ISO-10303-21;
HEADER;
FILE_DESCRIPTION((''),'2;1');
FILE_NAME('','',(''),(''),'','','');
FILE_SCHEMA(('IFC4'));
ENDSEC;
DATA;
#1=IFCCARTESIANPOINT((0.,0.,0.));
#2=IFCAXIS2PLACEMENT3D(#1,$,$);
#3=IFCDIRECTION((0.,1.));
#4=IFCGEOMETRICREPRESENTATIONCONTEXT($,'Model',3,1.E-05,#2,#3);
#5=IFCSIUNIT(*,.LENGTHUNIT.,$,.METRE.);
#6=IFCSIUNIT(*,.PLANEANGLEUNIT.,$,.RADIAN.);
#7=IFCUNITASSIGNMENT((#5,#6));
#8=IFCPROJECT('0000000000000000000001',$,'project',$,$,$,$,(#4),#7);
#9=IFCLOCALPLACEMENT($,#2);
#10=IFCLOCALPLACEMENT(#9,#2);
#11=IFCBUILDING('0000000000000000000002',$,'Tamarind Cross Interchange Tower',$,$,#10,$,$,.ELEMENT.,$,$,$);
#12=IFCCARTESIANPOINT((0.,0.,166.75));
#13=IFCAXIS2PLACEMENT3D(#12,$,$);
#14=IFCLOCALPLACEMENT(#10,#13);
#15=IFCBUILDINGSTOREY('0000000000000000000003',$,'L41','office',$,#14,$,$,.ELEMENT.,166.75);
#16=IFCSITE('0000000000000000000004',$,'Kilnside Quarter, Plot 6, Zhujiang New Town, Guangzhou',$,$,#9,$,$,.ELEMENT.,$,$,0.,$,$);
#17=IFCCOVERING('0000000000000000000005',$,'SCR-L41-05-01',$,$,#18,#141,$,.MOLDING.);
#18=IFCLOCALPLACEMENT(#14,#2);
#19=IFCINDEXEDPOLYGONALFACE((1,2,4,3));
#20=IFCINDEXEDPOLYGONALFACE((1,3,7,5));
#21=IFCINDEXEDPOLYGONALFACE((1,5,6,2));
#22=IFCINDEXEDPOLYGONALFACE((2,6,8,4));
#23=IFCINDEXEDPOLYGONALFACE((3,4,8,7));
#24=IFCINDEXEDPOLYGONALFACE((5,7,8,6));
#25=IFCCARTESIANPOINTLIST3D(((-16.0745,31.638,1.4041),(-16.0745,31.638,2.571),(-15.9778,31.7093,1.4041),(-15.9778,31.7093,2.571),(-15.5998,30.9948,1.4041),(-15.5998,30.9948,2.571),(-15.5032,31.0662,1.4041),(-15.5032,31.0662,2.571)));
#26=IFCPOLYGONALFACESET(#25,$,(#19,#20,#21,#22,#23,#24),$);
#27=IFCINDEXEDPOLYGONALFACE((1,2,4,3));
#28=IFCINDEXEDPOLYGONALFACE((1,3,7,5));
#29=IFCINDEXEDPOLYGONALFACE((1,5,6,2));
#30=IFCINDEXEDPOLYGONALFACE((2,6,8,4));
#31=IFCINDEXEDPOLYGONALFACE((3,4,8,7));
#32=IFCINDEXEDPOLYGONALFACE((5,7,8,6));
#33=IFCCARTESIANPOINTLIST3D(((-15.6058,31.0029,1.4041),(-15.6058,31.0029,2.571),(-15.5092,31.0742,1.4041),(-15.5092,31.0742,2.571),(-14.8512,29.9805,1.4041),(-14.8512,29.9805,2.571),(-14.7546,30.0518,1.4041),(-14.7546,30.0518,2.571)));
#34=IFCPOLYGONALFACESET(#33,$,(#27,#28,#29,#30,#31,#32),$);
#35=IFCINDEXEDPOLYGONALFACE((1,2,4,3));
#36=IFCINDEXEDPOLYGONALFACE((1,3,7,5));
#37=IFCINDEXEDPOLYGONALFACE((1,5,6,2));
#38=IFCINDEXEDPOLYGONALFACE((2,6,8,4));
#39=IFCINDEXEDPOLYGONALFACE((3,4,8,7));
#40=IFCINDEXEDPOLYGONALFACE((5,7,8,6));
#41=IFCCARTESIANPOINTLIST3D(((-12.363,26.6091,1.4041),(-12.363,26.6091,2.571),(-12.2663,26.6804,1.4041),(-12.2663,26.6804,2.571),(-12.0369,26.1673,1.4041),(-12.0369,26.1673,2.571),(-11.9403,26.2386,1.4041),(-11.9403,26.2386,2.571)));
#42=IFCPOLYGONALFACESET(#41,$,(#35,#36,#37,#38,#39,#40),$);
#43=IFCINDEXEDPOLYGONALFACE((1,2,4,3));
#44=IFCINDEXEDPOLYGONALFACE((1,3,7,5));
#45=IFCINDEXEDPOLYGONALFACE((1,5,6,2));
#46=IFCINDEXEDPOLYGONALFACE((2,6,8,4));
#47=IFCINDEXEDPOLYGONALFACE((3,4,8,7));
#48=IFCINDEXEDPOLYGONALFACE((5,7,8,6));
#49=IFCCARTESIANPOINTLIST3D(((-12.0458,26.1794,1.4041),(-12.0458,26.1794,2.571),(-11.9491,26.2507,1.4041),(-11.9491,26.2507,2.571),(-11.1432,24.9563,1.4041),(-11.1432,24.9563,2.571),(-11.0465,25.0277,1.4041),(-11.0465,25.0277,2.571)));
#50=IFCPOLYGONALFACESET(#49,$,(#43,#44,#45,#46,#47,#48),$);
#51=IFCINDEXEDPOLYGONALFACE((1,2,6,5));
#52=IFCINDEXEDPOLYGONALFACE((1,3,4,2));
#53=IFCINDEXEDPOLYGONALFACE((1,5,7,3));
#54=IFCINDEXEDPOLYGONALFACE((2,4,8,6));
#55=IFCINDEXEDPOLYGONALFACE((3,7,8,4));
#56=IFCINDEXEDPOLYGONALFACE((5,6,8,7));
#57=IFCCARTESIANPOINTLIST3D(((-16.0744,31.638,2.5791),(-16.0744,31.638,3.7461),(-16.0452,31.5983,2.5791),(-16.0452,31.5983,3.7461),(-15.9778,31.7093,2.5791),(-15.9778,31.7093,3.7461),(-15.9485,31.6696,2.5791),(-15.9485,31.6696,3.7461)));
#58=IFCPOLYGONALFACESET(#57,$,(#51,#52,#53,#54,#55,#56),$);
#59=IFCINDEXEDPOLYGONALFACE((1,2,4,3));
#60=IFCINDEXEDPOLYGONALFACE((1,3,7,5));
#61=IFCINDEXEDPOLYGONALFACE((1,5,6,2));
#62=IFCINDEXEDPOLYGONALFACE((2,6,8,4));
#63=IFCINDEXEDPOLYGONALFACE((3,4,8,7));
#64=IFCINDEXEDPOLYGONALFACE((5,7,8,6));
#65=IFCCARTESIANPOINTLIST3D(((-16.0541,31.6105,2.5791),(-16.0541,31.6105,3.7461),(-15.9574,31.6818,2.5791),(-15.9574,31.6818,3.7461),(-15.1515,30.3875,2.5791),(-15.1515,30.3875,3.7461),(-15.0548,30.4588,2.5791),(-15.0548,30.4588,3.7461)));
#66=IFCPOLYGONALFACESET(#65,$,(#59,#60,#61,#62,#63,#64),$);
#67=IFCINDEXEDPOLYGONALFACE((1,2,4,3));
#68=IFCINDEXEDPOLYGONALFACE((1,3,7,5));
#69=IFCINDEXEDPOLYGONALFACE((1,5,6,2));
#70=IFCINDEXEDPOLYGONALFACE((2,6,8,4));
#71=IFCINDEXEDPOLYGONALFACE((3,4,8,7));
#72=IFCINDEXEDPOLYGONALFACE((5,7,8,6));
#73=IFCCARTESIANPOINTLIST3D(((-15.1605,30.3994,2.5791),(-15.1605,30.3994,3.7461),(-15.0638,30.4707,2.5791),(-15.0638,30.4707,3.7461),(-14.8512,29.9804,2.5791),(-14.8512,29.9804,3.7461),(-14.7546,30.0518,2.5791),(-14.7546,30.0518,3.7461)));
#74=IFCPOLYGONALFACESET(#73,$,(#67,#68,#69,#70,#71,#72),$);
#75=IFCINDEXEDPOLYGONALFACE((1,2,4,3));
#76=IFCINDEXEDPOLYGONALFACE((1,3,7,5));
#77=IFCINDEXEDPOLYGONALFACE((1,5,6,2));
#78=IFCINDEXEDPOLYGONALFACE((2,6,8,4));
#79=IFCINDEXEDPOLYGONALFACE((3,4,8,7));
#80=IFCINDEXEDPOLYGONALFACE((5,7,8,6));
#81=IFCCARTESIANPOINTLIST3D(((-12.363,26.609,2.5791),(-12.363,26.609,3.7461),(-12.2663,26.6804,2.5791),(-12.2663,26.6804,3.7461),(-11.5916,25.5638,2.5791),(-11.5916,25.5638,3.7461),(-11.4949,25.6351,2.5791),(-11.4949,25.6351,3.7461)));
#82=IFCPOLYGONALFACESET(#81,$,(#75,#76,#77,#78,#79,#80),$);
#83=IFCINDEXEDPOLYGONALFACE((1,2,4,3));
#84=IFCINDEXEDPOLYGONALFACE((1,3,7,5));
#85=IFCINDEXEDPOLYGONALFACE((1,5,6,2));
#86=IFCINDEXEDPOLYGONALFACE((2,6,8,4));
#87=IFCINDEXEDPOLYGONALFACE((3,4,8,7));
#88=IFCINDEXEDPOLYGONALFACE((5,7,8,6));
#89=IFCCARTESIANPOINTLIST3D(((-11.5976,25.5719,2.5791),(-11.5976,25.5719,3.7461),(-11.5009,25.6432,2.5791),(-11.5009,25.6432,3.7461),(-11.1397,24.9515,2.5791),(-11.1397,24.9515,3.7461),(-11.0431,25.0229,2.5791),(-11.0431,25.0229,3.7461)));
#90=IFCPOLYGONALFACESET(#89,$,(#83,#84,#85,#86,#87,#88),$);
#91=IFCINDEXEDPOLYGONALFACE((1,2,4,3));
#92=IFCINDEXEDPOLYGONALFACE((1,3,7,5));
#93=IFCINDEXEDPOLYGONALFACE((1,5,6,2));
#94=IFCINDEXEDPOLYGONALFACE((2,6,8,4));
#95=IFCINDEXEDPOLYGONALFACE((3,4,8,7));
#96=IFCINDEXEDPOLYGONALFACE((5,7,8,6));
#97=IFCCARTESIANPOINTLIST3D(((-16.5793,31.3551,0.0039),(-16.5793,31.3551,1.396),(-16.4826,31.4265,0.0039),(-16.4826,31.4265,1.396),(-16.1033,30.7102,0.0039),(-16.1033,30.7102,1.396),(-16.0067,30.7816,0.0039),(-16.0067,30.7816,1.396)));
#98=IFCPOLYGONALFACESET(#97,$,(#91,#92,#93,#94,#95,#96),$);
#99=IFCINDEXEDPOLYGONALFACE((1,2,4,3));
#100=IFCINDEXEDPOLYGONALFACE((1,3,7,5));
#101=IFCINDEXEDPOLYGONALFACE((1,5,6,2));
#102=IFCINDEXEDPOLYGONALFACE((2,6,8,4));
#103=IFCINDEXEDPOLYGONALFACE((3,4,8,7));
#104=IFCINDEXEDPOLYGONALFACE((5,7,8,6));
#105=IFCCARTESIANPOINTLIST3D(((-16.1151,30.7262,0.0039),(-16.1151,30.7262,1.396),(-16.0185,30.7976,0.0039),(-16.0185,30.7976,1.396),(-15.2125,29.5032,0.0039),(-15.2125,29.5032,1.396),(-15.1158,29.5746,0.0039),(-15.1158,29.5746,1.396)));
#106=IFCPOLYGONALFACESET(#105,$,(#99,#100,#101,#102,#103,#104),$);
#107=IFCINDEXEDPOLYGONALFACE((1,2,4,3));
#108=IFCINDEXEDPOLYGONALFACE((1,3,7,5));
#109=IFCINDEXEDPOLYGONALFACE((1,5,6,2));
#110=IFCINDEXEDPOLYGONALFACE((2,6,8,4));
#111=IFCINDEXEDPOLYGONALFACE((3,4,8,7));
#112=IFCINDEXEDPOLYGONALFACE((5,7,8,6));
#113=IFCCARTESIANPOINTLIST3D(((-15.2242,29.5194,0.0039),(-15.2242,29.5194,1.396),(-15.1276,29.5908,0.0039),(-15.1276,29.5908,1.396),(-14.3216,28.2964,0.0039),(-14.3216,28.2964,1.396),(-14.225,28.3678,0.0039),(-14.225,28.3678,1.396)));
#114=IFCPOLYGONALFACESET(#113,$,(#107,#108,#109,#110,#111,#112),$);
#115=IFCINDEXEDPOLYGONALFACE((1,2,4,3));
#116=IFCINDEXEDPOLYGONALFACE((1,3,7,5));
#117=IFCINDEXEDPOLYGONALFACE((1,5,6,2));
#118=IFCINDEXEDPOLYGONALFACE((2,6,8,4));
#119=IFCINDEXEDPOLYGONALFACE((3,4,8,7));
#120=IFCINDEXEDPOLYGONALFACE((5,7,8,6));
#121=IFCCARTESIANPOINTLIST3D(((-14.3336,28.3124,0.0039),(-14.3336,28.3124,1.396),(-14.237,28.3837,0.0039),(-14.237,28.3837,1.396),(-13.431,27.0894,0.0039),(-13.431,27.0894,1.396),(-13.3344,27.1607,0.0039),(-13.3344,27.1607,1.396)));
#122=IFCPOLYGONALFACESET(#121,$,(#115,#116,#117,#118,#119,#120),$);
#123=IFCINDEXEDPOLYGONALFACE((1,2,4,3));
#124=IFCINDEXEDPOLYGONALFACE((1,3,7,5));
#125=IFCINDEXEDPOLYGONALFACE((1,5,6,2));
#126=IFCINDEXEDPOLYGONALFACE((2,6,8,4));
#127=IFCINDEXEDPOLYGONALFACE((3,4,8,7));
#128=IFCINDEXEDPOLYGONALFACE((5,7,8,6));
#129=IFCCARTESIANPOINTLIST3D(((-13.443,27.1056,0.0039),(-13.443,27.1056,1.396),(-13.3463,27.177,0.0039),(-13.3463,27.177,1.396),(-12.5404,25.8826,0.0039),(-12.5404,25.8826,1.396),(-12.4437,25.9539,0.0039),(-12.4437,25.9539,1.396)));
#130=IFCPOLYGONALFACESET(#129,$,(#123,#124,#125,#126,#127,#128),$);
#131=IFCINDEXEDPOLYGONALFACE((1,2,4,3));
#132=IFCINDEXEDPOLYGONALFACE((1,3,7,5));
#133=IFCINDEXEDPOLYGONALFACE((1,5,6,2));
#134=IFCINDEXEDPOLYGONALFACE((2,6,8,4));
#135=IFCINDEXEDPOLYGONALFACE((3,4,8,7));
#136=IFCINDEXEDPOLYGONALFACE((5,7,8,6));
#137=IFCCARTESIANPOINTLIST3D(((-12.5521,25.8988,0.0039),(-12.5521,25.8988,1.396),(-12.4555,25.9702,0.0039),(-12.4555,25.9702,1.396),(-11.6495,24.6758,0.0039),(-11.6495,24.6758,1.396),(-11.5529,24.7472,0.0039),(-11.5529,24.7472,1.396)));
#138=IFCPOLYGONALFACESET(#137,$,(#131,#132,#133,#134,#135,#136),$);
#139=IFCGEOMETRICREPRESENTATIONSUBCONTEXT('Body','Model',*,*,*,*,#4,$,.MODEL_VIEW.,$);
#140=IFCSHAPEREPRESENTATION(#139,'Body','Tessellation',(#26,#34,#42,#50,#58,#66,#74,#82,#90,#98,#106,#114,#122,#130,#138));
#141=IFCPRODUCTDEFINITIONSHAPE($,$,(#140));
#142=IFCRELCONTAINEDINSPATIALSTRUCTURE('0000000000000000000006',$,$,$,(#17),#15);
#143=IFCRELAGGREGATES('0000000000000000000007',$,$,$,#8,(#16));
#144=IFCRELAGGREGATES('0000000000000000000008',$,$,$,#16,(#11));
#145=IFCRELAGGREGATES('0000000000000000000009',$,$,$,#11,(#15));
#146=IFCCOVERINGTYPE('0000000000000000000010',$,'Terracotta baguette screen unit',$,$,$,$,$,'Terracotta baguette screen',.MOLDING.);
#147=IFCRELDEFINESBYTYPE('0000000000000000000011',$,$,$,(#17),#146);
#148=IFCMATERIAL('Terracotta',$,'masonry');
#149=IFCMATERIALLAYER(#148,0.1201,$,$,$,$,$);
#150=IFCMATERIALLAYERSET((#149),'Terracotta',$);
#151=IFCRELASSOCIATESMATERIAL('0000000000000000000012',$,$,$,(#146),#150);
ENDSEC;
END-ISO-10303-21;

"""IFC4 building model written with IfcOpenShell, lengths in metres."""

from ifc_helpers import new_model, si_unit, direction, frame, origin, origin_2d, place, context, subcontext, project, spatial, rectangle, extrude, material, layer, layer_set, type_object, element, save


model = new_model("IFC4")

# Units and contexts
model_context = context("Model", 3, precision=1e-05, world=origin(), true_north=direction((0.0, 1.0)))
body_context = subcontext(model_context, "Body", "Model", "MODEL_VIEW")
ifc_project = project(units=[si_unit("LENGTHUNIT", "METRE"), si_unit("PLANEANGLEUNIT", "RADIAN")], contexts=[model_context])

# Site, building, storey
site_placement = place(None, origin())
site = spatial("IfcSite", under=ifc_project, at=site_placement, Name="Kilnside Quarter, Plot 6, Zhujiang New Town, Guangzhou", CompositionType="ELEMENT", RefElevation=0.0)
building_placement = place(site_placement, origin())
building = spatial("IfcBuilding", under=site, at=building_placement, Name="Tamarind Cross Interchange Tower", CompositionType="ELEMENT")
storey_placement = place(building_placement, frame((0.0, 0.0, 166.75)))
storey = spatial("IfcBuildingStorey", under=building, at=storey_placement, Name="L41", Description="office", CompositionType="ELEMENT", Elevation=166.75)

# Covering
ifc_material_1 = material(Name="Terracotta", Category="masonry")
ifc_layer_1 = layer(ifc_material_1, 0.1201)
ifc_layer_set_1 = layer_set([ifc_layer_1], Name="Terracotta")
covering_type = type_object("IfcCoveringType", Name="Terracotta baguette screen unit", ElementType="Terracotta baguette screen", PredefinedType="MOLDING", material=ifc_layer_set_1)
covering_1_placement = place(storey_placement, origin())
element("IfcCovering", 1, at=covering_1_placement, inside=storey, type_object=covering_type, Name="SCR-L41-05-01", PredefinedType="MOLDING", context=body_context, shape_type="SweptSolid", body=[
    extrude(rectangle(XDim=0.7993, YDim=0.1201, at=origin_2d()), frame((-15.7888, 31.3521, 1.4041), z_axis=(0.0, 0.0, 1.0), x_axis=(0.593819, -0.804598, 0.0)), (0.0, 0.0, 1.0), 1.167),
    extrude(rectangle(XDim=1.2708, YDim=0.1201, at=origin_2d()), frame((-15.1802, 30.5273, 1.4041), z_axis=(0.0, 0.0, 1.0), x_axis=(0.593819, -0.804598, 0.0)), (0.0, 0.0, 1.0), 1.167),
    extrude(rectangle(XDim=0.5491, YDim=0.1201, at=origin_2d()), frame((-12.1516, 26.4238, 1.4041), z_axis=(0.0, 0.0, 1.0), x_axis=(0.593819, -0.804598, 0.0)), (0.0, 0.0, 1.0), 1.167),
    extrude(rectangle(XDim=1.52, YDim=0.1201, at=origin_2d()), frame((-11.5461, 25.6035, 1.4041), z_axis=(0.0, 0.0, 1.0), x_axis=(0.593819, -0.804598, 0.0)), (0.0, 0.0, 1.0), 1.167),
    extrude(rectangle(XDim=0.0493, YDim=0.1201, at=origin_2d()), frame((-16.0115, 31.6538, 2.5791), z_axis=(0.0, 0.0, 1.0), x_axis=(0.593819, -0.804598, 0.0)), (0.0, 0.0, 1.0), 1.167),
    extrude(rectangle(XDim=1.52, YDim=0.1201, at=origin_2d()), frame((-15.5544, 31.0347, 2.5791), z_axis=(0.0, 0.0, 1.0), x_axis=(0.593819, -0.804598, 0.0)), (0.0, 0.0, 1.0), 1.167),
    extrude(rectangle(XDim=0.5208, YDim=0.1201, at=origin_2d()), frame((-14.9575, 30.2256, 2.5791), z_axis=(0.0, 0.0, 1.0), x_axis=(0.593819, -0.804598, 0.0)), (0.0, 0.0, 1.0), 1.167),
    extrude(rectangle(XDim=1.2991, YDim=0.1201, at=origin_2d()), frame((-11.929, 26.1221, 2.5791), z_axis=(0.0, 0.0, 1.0), x_axis=(0.593819, -0.804598, 0.0)), (0.0, 0.0, 1.0), 1.167),
    extrude(rectangle(XDim=0.771, YDim=0.1201, at=origin_2d()), frame((-11.3203, 25.2974, 2.5791), z_axis=(0.0, 0.0, 1.0), x_axis=(0.593819, -0.804598, 0.0)), (0.0, 0.0, 1.0), 1.167),
    extrude(rectangle(XDim=0.8015, YDim=0.1201, at=origin_2d()), frame((-16.293, 31.0684, 0.0039), z_axis=(0.0, 0.0, 1.0), x_axis=(0.593819, -0.804598, 0.0)), (0.0, 0.0, 1.0), 1.3921),
    extrude(rectangle(XDim=1.52, YDim=0.1201, at=origin_2d()), frame((-15.6155, 30.1504, 0.0039), z_axis=(0.0, 0.0, 1.0), x_axis=(0.593819, -0.804598, 0.0)), (0.0, 0.0, 1.0), 1.3921),
    extrude(rectangle(XDim=1.52, YDim=0.1201, at=origin_2d()), frame((-14.7246, 28.9436, 0.0039), z_axis=(0.0, 0.0, 1.0), x_axis=(0.593819, -0.804598, 0.0)), (0.0, 0.0, 1.0), 1.3921),
    extrude(rectangle(XDim=1.52, YDim=0.1201, at=origin_2d()), frame((-13.834, 27.7366, 0.0039), z_axis=(0.0, 0.0, 1.0), x_axis=(0.593819, -0.804598, 0.0)), (0.0, 0.0, 1.0), 1.3921),
    extrude(rectangle(XDim=1.52, YDim=0.1201, at=origin_2d()), frame((-12.9434, 26.5298, 0.0039), z_axis=(0.0, 0.0, 1.0), x_axis=(0.593819, -0.804598, 0.0)), (0.0, 0.0, 1.0), 1.3921),
    extrude(rectangle(XDim=1.52, YDim=0.1201, at=origin_2d()), frame((-12.0525, 25.323, 0.0039), z_axis=(0.0, 0.0, 1.0), x_axis=(0.593819, -0.804598, 0.0)), (0.0, 0.0, 1.0), 1.3921),
])

save(model, "model.ifc")
